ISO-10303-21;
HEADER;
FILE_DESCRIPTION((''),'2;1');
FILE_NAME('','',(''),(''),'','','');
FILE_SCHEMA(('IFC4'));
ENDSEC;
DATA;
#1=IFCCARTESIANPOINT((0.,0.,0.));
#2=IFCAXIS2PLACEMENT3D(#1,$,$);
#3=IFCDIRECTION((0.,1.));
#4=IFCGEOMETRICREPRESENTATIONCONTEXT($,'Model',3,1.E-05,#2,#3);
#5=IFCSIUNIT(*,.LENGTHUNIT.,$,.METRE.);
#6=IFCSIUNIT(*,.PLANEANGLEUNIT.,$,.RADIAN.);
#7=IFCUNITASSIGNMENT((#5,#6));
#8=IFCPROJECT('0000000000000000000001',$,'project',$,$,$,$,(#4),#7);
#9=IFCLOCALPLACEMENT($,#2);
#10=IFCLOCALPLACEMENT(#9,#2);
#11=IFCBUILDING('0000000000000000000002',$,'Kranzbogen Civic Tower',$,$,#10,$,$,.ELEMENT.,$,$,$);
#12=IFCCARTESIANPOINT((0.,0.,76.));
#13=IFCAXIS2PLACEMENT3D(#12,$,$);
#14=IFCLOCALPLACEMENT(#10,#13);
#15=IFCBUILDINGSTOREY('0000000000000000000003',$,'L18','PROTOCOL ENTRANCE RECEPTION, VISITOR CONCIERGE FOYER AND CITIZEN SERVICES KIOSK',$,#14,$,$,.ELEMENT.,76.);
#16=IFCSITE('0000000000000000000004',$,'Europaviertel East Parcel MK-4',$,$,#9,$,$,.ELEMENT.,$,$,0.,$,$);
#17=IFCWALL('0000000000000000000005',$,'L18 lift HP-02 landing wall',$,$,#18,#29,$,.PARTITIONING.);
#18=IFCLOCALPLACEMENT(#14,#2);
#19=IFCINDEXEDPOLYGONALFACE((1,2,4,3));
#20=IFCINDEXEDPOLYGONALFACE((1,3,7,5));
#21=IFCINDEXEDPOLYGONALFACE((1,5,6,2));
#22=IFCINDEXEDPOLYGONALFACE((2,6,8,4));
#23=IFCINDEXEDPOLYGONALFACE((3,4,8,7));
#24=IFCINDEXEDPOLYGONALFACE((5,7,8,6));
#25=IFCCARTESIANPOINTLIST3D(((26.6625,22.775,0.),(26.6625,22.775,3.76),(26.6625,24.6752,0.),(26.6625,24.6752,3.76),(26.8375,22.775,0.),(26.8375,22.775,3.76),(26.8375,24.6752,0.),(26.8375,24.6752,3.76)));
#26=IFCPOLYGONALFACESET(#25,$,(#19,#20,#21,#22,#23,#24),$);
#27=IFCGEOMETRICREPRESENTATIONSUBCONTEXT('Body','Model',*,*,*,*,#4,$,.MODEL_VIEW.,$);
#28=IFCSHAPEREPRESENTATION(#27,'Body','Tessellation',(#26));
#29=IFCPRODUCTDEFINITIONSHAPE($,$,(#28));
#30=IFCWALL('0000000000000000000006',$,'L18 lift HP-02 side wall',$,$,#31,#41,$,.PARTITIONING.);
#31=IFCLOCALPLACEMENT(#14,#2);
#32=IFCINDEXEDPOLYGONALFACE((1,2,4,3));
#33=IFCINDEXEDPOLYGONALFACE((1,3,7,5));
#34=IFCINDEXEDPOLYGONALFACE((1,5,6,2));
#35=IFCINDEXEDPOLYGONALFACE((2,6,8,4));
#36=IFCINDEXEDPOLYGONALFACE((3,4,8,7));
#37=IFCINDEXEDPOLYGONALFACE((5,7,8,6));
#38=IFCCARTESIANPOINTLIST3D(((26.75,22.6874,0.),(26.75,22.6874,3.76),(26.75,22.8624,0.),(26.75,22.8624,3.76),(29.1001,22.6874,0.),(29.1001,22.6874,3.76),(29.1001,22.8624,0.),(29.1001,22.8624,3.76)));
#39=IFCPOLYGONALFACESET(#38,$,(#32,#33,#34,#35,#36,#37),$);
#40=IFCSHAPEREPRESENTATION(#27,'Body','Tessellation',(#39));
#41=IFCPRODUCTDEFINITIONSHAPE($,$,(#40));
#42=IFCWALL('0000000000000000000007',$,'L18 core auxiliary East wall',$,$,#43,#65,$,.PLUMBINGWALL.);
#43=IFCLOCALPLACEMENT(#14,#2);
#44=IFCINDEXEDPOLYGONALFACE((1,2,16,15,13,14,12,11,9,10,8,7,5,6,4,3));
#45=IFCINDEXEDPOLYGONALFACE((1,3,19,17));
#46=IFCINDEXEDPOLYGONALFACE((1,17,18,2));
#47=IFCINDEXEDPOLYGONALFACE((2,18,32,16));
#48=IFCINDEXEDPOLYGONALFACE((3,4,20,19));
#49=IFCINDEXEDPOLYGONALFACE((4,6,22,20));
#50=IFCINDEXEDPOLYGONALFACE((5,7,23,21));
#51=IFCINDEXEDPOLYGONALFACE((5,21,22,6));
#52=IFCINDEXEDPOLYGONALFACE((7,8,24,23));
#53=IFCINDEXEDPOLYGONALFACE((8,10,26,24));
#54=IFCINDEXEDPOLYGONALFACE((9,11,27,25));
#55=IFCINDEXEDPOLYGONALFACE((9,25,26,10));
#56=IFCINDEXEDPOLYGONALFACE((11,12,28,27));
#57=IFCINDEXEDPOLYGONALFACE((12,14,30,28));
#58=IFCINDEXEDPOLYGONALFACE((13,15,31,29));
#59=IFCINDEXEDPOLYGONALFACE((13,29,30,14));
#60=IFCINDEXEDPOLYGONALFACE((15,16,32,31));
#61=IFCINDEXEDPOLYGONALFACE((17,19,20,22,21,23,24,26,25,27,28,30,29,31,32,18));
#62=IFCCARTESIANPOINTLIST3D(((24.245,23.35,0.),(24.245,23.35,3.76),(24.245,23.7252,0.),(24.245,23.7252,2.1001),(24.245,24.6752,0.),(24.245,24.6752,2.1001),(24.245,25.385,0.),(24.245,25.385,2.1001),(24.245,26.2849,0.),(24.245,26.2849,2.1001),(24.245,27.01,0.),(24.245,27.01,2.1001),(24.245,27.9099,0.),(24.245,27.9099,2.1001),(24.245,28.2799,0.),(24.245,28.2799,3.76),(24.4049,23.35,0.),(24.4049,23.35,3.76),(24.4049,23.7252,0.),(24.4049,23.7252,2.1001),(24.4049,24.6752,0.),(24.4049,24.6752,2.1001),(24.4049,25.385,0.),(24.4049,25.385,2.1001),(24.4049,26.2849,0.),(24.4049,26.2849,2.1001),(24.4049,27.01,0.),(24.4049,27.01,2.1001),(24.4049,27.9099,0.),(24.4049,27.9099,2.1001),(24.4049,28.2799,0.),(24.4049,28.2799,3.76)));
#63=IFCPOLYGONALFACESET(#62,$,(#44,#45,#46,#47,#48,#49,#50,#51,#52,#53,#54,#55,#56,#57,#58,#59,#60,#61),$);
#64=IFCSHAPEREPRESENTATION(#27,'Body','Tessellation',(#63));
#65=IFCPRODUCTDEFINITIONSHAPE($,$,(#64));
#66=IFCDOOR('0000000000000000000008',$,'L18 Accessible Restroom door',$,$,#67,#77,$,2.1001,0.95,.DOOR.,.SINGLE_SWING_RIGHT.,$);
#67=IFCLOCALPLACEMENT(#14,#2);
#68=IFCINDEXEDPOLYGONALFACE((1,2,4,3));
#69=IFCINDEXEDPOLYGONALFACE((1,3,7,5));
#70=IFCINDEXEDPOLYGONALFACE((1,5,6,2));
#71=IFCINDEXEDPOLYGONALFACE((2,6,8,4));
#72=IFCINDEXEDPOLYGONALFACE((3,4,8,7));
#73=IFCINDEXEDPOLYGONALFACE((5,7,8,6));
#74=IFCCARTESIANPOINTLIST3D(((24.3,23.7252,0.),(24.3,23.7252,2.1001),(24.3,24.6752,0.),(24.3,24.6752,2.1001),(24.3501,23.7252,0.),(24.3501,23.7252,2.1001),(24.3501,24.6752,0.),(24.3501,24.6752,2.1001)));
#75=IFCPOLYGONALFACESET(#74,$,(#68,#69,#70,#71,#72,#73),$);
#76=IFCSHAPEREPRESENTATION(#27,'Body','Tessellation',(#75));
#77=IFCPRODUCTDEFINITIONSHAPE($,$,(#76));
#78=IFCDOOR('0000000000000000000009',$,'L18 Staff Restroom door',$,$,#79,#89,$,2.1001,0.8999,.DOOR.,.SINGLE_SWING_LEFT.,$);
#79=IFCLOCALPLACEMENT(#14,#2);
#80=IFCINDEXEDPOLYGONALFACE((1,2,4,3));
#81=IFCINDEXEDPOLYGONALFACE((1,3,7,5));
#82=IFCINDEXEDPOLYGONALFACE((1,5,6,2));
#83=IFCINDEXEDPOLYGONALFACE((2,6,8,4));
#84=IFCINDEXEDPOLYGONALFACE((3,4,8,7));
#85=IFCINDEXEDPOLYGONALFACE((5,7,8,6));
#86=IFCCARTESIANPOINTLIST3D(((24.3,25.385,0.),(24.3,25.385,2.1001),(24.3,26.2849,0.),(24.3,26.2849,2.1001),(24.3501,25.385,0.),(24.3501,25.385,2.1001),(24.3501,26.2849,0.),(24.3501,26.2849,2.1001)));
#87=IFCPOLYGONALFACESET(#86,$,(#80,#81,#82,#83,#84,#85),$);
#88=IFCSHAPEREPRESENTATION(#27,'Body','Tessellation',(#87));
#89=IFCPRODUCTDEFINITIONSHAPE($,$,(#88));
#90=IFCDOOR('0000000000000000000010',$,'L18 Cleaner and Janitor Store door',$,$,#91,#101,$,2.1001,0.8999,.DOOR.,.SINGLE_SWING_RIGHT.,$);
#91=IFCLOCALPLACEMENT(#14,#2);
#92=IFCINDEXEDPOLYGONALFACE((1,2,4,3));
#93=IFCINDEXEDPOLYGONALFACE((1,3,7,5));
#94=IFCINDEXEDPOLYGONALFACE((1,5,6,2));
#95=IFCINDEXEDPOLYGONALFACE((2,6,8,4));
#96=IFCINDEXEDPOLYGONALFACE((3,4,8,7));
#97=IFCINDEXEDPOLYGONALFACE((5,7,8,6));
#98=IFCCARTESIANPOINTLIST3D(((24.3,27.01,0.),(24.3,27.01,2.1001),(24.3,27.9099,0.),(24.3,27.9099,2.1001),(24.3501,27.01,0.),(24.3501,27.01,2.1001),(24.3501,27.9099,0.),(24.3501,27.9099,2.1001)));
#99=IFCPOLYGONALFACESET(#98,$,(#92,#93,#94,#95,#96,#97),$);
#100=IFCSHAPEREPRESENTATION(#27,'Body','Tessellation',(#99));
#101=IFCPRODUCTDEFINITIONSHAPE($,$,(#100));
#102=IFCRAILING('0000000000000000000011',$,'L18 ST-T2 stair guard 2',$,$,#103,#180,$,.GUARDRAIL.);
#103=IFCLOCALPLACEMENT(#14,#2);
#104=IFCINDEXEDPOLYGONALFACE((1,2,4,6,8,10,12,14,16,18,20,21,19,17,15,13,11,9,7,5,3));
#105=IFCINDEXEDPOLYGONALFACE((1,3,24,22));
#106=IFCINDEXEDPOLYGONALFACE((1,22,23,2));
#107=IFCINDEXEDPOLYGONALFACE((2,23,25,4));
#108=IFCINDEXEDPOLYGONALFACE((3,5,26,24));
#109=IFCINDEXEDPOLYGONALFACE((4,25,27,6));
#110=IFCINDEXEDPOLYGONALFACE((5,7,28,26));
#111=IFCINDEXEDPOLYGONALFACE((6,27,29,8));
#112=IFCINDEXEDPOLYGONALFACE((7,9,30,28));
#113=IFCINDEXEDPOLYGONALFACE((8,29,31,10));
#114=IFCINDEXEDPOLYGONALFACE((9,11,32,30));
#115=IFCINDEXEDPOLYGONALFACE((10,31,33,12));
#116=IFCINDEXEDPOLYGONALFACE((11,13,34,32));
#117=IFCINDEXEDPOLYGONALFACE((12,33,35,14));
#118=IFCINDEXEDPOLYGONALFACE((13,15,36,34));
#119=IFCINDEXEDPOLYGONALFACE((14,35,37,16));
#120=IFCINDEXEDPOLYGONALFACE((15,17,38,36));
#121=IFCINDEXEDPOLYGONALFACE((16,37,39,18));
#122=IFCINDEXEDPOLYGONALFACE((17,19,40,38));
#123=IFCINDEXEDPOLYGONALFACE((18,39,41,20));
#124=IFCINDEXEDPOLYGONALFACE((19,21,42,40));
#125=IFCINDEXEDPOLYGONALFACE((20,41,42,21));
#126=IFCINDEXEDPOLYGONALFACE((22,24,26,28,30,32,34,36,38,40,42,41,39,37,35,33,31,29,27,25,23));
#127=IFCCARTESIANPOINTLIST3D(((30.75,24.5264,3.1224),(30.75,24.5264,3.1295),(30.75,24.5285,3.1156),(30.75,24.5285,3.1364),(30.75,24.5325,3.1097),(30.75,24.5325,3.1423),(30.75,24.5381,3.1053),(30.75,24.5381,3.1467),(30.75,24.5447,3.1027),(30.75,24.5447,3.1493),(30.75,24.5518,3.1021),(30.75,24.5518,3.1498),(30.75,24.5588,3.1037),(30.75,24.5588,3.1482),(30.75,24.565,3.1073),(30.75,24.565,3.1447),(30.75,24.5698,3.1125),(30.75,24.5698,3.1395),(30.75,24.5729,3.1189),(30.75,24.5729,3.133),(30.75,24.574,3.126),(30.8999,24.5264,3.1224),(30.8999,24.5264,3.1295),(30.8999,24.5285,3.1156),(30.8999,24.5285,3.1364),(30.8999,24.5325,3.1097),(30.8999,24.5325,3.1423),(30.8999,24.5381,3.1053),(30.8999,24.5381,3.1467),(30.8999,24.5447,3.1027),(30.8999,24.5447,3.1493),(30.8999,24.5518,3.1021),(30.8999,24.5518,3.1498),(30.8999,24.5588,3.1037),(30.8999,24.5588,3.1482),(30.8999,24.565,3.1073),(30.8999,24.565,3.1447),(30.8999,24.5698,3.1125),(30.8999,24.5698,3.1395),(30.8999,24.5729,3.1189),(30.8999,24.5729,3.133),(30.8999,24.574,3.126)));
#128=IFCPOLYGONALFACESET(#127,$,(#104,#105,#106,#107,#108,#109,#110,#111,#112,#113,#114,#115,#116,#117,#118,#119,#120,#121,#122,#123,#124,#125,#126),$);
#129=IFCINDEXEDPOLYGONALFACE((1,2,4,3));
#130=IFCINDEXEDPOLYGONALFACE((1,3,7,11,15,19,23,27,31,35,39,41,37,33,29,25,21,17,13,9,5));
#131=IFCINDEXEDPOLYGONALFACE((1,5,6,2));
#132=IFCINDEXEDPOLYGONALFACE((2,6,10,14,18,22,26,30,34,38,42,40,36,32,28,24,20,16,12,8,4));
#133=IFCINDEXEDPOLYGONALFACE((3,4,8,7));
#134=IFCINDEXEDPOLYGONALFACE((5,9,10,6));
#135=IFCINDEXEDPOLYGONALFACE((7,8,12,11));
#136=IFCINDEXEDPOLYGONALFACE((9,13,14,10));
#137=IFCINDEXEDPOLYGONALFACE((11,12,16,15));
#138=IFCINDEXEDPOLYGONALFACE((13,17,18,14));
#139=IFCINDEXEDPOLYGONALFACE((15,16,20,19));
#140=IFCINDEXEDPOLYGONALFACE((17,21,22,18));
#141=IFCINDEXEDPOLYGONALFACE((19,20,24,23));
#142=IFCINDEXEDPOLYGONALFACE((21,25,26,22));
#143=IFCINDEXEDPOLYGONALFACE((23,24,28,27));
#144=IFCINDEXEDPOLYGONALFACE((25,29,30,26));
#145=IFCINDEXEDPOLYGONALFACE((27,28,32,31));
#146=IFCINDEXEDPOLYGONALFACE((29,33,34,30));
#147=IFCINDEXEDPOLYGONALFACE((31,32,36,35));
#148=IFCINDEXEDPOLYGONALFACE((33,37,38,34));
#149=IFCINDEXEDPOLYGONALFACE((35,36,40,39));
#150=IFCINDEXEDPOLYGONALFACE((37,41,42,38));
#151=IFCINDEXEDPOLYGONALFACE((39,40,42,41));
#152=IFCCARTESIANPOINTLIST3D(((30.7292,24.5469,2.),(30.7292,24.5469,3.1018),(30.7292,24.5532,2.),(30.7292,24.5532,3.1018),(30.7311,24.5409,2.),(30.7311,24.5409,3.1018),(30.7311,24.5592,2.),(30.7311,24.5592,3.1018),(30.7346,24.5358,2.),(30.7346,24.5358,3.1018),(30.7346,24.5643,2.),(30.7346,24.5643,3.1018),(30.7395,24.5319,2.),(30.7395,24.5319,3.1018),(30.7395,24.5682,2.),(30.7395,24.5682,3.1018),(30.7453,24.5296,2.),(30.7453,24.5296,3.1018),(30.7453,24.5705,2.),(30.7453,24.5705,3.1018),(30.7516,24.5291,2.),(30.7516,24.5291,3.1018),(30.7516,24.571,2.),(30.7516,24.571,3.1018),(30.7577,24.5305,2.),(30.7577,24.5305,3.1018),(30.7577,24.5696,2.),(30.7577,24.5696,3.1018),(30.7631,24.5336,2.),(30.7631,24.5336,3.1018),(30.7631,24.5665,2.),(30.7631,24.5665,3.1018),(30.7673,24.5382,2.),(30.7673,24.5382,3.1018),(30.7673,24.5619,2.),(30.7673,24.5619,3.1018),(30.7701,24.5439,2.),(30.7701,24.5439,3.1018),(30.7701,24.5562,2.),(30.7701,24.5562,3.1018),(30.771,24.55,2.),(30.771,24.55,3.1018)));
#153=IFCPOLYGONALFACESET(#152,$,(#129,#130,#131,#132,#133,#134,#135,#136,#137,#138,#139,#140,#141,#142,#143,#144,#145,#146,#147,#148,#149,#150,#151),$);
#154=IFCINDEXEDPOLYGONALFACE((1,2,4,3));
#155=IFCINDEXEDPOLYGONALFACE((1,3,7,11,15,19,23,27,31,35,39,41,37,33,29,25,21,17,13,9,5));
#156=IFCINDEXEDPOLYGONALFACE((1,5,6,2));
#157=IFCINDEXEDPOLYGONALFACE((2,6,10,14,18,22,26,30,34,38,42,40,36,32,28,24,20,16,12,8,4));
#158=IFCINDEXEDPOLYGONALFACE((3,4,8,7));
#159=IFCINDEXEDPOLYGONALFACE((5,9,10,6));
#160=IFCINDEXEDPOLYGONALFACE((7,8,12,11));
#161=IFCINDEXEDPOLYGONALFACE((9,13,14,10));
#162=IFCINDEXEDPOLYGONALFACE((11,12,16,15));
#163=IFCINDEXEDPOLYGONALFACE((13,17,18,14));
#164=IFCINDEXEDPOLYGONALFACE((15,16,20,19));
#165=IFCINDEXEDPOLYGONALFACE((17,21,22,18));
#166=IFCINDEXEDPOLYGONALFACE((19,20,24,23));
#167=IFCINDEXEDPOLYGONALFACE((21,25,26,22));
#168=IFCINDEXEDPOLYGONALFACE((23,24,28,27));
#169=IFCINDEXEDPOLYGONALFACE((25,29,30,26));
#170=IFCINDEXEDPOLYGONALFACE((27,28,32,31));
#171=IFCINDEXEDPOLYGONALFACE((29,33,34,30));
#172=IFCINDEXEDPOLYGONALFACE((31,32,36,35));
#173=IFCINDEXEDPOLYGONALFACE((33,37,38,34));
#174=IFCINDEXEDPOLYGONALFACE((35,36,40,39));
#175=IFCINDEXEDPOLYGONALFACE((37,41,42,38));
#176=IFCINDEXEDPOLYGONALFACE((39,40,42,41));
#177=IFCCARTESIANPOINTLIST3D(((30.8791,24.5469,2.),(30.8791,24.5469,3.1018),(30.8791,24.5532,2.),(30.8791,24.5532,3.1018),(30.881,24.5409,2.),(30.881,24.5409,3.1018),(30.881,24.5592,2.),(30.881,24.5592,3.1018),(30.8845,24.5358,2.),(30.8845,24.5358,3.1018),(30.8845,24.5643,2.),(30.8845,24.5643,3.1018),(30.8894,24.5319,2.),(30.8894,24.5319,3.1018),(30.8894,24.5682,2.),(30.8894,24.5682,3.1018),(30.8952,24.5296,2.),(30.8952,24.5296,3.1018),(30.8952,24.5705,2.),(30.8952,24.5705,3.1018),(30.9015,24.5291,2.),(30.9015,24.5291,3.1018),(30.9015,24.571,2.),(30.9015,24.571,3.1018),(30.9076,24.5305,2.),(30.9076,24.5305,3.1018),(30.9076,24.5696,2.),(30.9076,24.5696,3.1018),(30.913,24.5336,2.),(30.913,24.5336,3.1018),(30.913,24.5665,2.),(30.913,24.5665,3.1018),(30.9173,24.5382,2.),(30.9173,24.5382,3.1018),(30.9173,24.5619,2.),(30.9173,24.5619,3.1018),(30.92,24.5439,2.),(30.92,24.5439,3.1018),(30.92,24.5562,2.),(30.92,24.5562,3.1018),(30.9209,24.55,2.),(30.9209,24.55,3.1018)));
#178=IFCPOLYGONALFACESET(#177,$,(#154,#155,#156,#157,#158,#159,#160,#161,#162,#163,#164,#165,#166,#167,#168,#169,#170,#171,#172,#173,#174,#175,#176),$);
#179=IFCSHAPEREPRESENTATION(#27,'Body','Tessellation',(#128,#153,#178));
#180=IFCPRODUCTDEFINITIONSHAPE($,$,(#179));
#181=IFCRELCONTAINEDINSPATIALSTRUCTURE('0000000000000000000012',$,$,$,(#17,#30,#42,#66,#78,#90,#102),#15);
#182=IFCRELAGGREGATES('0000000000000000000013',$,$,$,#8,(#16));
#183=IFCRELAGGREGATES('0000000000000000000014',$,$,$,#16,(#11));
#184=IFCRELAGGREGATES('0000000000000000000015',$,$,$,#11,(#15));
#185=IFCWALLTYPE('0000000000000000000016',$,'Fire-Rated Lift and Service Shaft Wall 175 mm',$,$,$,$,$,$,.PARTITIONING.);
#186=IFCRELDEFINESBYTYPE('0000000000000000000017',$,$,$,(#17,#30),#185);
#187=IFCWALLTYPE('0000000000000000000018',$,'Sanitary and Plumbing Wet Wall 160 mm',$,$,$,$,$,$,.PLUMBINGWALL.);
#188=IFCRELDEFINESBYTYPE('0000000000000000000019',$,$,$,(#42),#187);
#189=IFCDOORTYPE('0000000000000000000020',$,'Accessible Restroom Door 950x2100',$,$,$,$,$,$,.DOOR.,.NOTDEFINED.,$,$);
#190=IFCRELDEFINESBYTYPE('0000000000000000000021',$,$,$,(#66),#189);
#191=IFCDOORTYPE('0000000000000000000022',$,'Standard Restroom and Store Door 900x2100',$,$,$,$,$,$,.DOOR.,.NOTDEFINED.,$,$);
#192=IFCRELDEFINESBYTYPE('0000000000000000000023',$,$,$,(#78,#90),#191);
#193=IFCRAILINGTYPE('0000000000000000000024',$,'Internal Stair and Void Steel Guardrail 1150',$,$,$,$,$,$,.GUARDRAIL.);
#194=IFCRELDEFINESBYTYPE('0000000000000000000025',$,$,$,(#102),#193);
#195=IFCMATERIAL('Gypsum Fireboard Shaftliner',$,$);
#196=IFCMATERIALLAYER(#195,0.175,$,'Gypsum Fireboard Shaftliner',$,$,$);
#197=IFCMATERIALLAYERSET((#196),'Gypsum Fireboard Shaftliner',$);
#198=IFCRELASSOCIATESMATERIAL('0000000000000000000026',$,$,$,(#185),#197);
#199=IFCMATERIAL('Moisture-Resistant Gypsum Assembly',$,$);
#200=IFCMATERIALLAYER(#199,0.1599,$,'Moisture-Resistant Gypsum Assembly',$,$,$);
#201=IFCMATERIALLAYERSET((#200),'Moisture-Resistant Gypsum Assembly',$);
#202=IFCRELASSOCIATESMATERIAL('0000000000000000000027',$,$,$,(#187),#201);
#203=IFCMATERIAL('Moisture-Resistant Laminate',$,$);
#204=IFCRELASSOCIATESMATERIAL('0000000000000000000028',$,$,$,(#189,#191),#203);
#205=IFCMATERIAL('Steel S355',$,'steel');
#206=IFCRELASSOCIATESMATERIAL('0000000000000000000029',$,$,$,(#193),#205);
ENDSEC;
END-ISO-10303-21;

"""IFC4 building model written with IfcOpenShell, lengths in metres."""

from ifc_helpers import new_model, si_unit, direction, frame, frame_2d, origin, origin_2d, place, context, subcontext, project, spatial, rectangle, circle, extrude, material, layer, layer_set, type_object, element, fill, save


model = new_model("IFC4")

# Units and contexts
model_context = context("Model", 3, precision=1e-05, world=origin(), true_north=direction((0.0, 1.0)))
body_context = subcontext(model_context, "Body", "Model", "MODEL_VIEW")
ifc_project = project(units=[si_unit("LENGTHUNIT", "METRE"), si_unit("PLANEANGLEUNIT", "RADIAN")], contexts=[model_context])

# Site, building, storey
site_placement = place(None, origin())
site = spatial("IfcSite", under=ifc_project, at=site_placement, Name="Europaviertel East Parcel MK-4", CompositionType="ELEMENT", RefElevation=0.0)
building_placement = place(site_placement, origin())
building = spatial("IfcBuilding", under=site, at=building_placement, Name="Kranzbogen Civic Tower", CompositionType="ELEMENT")
storey_placement = place(building_placement, frame((0.0, 0.0, 76.0)))
storey = spatial("IfcBuildingStorey", under=building, at=storey_placement, Name="L18", Description="PROTOCOL ENTRANCE RECEPTION, VISITOR CONCIERGE FOYER AND CITIZEN SERVICES KIOSK", CompositionType="ELEMENT", Elevation=76.0)

# Shared definitions
ifc_material_1 = material(Name="Steel S355", Category="steel")

# Walls
ifc_material_2 = material(Name="Gypsum Fireboard Shaftliner")
ifc_layer_1 = layer(ifc_material_2, 0.175, Name="Gypsum Fireboard Shaftliner")
ifc_layer_set_1 = layer_set([ifc_layer_1], Name="Gypsum Fireboard Shaftliner")
wall_type_1 = type_object("IfcWallType", Name="Fire-Rated Lift and Service Shaft Wall 175 mm", PredefinedType="PARTITIONING", material=ifc_layer_set_1)
wall_1_placement = place(storey_placement, frame((26.75, 22.7749, 0.0), z_axis=(0.0, 0.0, 1.0), x_axis=(0.0, 1.0, 0.0)))
element("IfcWall", 1, at=wall_1_placement, inside=storey, type_object=wall_type_1, Name="L18 lift HP-02 landing wall", PredefinedType="PARTITIONING", context=body_context, shape_type="SweptSolid", body=[
    extrude(rectangle(XDim=1.9001, YDim=0.175, at=frame_2d((0.9502, 0.0))), origin(), (0.0, 0.0, 1.0), 3.76),
])
wall_2_placement = place(storey_placement, frame((26.75, 22.7749, 0.0), z_axis=(0.0, 0.0, 1.0), x_axis=(1.0, 0.0, 0.0)))
element("IfcWall", 2, at=wall_2_placement, inside=storey, type_object=wall_type_1, Name="L18 lift HP-02 side wall", PredefinedType="PARTITIONING", context=body_context, shape_type="SweptSolid", body=[
    extrude(rectangle(XDim=2.3501, YDim=0.175, at=frame_2d((1.175, 0.0))), origin(), (0.0, 0.0, 1.0), 3.76),
])

# Wall, openings, doors
ifc_material_3 = material(Name="Moisture-Resistant Gypsum Assembly")
ifc_layer_2 = layer(ifc_material_3, 0.1599, Name="Moisture-Resistant Gypsum Assembly")
ifc_layer_set_2 = layer_set([ifc_layer_2], Name="Moisture-Resistant Gypsum Assembly")
wall_type_2 = type_object("IfcWallType", Name="Sanitary and Plumbing Wet Wall 160 mm", PredefinedType="PLUMBINGWALL", material=ifc_layer_set_2)
wall_3_placement = place(storey_placement, frame((24.325, 23.3501, 0.0), z_axis=(0.0, 0.0, 1.0), x_axis=(0.0, 1.0, 0.0)))
wall_3 = element("IfcWall", 3, at=wall_3_placement, inside=storey, type_object=wall_type_2, Name="L18 core auxiliary East wall", PredefinedType="PLUMBINGWALL", context=body_context, shape_type="SweptSolid", body=[
    extrude(rectangle(XDim=4.9299, YDim=0.1599, at=frame_2d((2.4648, 0.0))), origin(), (0.0, 0.0, 1.0), 3.76),
])
opening_1_placement = place(wall_3_placement, frame((0.375, 0.0, 0.0)))
opening_1 = element("IfcOpeningElement", 4, at=opening_1_placement, cuts=wall_3, PredefinedType="OPENING", context=body_context, shape_type="SweptSolid", body=[
    extrude(rectangle(XDim=0.95, YDim=2.1001, at=frame_2d((0.4751, 1.05))), frame((0.0, 0.0898, 0.0), z_axis=(0.0, -1.0, 0.0), x_axis=(1.0, 0.0, 0.0)), (0.0, 0.0, 1.0), 0.1799),
])
opening_2_placement = place(wall_3_placement, frame((2.0349, 0.0, 0.0)))
opening_2 = element("IfcOpeningElement", 5, at=opening_2_placement, cuts=wall_3, PredefinedType="OPENING", context=body_context, shape_type="SweptSolid", body=[
    extrude(rectangle(XDim=0.8999, YDim=2.1001, at=frame_2d((0.45, 1.05))), frame((0.0, 0.0898, 0.0), z_axis=(0.0, -1.0, 0.0), x_axis=(1.0, 0.0, 0.0)), (0.0, 0.0, 1.0), 0.1799),
])
opening_3_placement = place(wall_3_placement, frame((3.6599, 0.0, 0.0)))
opening_3 = element("IfcOpeningElement", 6, at=opening_3_placement, cuts=wall_3, PredefinedType="OPENING", context=body_context, shape_type="SweptSolid", body=[
    extrude(rectangle(XDim=0.8999, YDim=2.1001, at=frame_2d((0.45, 1.05))), frame((0.0, 0.0898, 0.0), z_axis=(0.0, -1.0, 0.0), x_axis=(1.0, 0.0, 0.0)), (0.0, 0.0, 1.0), 0.1799),
])
ifc_material_4 = material(Name="Moisture-Resistant Laminate")
door_type_1 = type_object("IfcDoorType", Name="Accessible Restroom Door 950x2100", OperationType="NOTDEFINED", PredefinedType="DOOR", material=ifc_material_4)
door_1_placement = place(opening_1_placement, origin())
door_1 = element("IfcDoor", 7, at=door_1_placement, inside=storey, type_object=door_type_1, Name="L18 Accessible Restroom door", OperationType="SINGLE_SWING_RIGHT", OverallHeight=2.1001, OverallWidth=0.95, PredefinedType="DOOR", context=body_context, shape_type="SweptSolid", body=[
    extrude(rectangle(XDim=0.95, YDim=2.1001, at=frame_2d((0.4751, 1.05))), frame((0.0, 0.0249, 0.0), z_axis=(0.0, -1.0, 0.0), x_axis=(1.0, 0.0, 0.0)), (0.0, 0.0, 1.0), 0.05),
])
fill(opening_1, door_1)
door_type_2 = type_object("IfcDoorType", Name="Standard Restroom and Store Door 900x2100", OperationType="NOTDEFINED", PredefinedType="DOOR", material=ifc_material_4)
door_2_placement = place(opening_2_placement, origin())
door_2 = element("IfcDoor", 8, at=door_2_placement, inside=storey, type_object=door_type_2, Name="L18 Staff Restroom door", OperationType="SINGLE_SWING_LEFT", OverallHeight=2.1001, OverallWidth=0.8999, PredefinedType="DOOR", context=body_context, shape_type="SweptSolid", body=[
    extrude(rectangle(XDim=0.8999, YDim=2.1001, at=frame_2d((0.45, 1.05))), frame((0.0, 0.0249, 0.0), z_axis=(0.0, -1.0, 0.0), x_axis=(1.0, 0.0, 0.0)), (0.0, 0.0, 1.0), 0.05),
])
fill(opening_2, door_2)
door_3_placement = place(opening_3_placement, origin())
door_3 = element("IfcDoor", 9, at=door_3_placement, inside=storey, type_object=door_type_2, Name="L18 Cleaner and Janitor Store door", OperationType="SINGLE_SWING_RIGHT", OverallHeight=2.1001, OverallWidth=0.8999, PredefinedType="DOOR", context=body_context, shape_type="SweptSolid", body=[
    extrude(rectangle(XDim=0.8999, YDim=2.1001, at=frame_2d((0.45, 1.05))), frame((0.0, 0.0249, 0.0), z_axis=(0.0, -1.0, 0.0), x_axis=(1.0, 0.0, 0.0)), (0.0, 0.0, 1.0), 0.05),
])
fill(opening_3, door_3)

# Railing
railing_type = type_object("IfcRailingType", Name="Internal Stair and Void Steel Guardrail 1150", PredefinedType="GUARDRAIL", material=ifc_material_1)
railing_placement = place(storey_placement, frame((30.75, 24.55, 2.0)))
element("IfcRailing", 10, at=railing_placement, inside=storey, type_object=railing_type, Name="L18 ST-T2 stair guard 2", PredefinedType="GUARDRAIL", context=body_context, shape_type="SweptSolid", body=[
    extrude(circle(Radius=0.0239, at=origin_2d()), frame((0.0, 0.0, 1.126), z_axis=(1.0, 0.0, 0.0), x_axis=(0.0, 1.0, 0.0)), (0.0, 0.0, 1.0), 0.1499),
    extrude(circle(Radius=0.021, at=origin_2d()), origin(), (0.0, 0.0, 1.0), 1.1018),
    extrude(circle(Radius=0.021, at=origin_2d()), frame((0.1499, 0.0, 0.0)), (0.0, 0.0, 1.0), 1.1018),
])

save(model, "model.ifc")
